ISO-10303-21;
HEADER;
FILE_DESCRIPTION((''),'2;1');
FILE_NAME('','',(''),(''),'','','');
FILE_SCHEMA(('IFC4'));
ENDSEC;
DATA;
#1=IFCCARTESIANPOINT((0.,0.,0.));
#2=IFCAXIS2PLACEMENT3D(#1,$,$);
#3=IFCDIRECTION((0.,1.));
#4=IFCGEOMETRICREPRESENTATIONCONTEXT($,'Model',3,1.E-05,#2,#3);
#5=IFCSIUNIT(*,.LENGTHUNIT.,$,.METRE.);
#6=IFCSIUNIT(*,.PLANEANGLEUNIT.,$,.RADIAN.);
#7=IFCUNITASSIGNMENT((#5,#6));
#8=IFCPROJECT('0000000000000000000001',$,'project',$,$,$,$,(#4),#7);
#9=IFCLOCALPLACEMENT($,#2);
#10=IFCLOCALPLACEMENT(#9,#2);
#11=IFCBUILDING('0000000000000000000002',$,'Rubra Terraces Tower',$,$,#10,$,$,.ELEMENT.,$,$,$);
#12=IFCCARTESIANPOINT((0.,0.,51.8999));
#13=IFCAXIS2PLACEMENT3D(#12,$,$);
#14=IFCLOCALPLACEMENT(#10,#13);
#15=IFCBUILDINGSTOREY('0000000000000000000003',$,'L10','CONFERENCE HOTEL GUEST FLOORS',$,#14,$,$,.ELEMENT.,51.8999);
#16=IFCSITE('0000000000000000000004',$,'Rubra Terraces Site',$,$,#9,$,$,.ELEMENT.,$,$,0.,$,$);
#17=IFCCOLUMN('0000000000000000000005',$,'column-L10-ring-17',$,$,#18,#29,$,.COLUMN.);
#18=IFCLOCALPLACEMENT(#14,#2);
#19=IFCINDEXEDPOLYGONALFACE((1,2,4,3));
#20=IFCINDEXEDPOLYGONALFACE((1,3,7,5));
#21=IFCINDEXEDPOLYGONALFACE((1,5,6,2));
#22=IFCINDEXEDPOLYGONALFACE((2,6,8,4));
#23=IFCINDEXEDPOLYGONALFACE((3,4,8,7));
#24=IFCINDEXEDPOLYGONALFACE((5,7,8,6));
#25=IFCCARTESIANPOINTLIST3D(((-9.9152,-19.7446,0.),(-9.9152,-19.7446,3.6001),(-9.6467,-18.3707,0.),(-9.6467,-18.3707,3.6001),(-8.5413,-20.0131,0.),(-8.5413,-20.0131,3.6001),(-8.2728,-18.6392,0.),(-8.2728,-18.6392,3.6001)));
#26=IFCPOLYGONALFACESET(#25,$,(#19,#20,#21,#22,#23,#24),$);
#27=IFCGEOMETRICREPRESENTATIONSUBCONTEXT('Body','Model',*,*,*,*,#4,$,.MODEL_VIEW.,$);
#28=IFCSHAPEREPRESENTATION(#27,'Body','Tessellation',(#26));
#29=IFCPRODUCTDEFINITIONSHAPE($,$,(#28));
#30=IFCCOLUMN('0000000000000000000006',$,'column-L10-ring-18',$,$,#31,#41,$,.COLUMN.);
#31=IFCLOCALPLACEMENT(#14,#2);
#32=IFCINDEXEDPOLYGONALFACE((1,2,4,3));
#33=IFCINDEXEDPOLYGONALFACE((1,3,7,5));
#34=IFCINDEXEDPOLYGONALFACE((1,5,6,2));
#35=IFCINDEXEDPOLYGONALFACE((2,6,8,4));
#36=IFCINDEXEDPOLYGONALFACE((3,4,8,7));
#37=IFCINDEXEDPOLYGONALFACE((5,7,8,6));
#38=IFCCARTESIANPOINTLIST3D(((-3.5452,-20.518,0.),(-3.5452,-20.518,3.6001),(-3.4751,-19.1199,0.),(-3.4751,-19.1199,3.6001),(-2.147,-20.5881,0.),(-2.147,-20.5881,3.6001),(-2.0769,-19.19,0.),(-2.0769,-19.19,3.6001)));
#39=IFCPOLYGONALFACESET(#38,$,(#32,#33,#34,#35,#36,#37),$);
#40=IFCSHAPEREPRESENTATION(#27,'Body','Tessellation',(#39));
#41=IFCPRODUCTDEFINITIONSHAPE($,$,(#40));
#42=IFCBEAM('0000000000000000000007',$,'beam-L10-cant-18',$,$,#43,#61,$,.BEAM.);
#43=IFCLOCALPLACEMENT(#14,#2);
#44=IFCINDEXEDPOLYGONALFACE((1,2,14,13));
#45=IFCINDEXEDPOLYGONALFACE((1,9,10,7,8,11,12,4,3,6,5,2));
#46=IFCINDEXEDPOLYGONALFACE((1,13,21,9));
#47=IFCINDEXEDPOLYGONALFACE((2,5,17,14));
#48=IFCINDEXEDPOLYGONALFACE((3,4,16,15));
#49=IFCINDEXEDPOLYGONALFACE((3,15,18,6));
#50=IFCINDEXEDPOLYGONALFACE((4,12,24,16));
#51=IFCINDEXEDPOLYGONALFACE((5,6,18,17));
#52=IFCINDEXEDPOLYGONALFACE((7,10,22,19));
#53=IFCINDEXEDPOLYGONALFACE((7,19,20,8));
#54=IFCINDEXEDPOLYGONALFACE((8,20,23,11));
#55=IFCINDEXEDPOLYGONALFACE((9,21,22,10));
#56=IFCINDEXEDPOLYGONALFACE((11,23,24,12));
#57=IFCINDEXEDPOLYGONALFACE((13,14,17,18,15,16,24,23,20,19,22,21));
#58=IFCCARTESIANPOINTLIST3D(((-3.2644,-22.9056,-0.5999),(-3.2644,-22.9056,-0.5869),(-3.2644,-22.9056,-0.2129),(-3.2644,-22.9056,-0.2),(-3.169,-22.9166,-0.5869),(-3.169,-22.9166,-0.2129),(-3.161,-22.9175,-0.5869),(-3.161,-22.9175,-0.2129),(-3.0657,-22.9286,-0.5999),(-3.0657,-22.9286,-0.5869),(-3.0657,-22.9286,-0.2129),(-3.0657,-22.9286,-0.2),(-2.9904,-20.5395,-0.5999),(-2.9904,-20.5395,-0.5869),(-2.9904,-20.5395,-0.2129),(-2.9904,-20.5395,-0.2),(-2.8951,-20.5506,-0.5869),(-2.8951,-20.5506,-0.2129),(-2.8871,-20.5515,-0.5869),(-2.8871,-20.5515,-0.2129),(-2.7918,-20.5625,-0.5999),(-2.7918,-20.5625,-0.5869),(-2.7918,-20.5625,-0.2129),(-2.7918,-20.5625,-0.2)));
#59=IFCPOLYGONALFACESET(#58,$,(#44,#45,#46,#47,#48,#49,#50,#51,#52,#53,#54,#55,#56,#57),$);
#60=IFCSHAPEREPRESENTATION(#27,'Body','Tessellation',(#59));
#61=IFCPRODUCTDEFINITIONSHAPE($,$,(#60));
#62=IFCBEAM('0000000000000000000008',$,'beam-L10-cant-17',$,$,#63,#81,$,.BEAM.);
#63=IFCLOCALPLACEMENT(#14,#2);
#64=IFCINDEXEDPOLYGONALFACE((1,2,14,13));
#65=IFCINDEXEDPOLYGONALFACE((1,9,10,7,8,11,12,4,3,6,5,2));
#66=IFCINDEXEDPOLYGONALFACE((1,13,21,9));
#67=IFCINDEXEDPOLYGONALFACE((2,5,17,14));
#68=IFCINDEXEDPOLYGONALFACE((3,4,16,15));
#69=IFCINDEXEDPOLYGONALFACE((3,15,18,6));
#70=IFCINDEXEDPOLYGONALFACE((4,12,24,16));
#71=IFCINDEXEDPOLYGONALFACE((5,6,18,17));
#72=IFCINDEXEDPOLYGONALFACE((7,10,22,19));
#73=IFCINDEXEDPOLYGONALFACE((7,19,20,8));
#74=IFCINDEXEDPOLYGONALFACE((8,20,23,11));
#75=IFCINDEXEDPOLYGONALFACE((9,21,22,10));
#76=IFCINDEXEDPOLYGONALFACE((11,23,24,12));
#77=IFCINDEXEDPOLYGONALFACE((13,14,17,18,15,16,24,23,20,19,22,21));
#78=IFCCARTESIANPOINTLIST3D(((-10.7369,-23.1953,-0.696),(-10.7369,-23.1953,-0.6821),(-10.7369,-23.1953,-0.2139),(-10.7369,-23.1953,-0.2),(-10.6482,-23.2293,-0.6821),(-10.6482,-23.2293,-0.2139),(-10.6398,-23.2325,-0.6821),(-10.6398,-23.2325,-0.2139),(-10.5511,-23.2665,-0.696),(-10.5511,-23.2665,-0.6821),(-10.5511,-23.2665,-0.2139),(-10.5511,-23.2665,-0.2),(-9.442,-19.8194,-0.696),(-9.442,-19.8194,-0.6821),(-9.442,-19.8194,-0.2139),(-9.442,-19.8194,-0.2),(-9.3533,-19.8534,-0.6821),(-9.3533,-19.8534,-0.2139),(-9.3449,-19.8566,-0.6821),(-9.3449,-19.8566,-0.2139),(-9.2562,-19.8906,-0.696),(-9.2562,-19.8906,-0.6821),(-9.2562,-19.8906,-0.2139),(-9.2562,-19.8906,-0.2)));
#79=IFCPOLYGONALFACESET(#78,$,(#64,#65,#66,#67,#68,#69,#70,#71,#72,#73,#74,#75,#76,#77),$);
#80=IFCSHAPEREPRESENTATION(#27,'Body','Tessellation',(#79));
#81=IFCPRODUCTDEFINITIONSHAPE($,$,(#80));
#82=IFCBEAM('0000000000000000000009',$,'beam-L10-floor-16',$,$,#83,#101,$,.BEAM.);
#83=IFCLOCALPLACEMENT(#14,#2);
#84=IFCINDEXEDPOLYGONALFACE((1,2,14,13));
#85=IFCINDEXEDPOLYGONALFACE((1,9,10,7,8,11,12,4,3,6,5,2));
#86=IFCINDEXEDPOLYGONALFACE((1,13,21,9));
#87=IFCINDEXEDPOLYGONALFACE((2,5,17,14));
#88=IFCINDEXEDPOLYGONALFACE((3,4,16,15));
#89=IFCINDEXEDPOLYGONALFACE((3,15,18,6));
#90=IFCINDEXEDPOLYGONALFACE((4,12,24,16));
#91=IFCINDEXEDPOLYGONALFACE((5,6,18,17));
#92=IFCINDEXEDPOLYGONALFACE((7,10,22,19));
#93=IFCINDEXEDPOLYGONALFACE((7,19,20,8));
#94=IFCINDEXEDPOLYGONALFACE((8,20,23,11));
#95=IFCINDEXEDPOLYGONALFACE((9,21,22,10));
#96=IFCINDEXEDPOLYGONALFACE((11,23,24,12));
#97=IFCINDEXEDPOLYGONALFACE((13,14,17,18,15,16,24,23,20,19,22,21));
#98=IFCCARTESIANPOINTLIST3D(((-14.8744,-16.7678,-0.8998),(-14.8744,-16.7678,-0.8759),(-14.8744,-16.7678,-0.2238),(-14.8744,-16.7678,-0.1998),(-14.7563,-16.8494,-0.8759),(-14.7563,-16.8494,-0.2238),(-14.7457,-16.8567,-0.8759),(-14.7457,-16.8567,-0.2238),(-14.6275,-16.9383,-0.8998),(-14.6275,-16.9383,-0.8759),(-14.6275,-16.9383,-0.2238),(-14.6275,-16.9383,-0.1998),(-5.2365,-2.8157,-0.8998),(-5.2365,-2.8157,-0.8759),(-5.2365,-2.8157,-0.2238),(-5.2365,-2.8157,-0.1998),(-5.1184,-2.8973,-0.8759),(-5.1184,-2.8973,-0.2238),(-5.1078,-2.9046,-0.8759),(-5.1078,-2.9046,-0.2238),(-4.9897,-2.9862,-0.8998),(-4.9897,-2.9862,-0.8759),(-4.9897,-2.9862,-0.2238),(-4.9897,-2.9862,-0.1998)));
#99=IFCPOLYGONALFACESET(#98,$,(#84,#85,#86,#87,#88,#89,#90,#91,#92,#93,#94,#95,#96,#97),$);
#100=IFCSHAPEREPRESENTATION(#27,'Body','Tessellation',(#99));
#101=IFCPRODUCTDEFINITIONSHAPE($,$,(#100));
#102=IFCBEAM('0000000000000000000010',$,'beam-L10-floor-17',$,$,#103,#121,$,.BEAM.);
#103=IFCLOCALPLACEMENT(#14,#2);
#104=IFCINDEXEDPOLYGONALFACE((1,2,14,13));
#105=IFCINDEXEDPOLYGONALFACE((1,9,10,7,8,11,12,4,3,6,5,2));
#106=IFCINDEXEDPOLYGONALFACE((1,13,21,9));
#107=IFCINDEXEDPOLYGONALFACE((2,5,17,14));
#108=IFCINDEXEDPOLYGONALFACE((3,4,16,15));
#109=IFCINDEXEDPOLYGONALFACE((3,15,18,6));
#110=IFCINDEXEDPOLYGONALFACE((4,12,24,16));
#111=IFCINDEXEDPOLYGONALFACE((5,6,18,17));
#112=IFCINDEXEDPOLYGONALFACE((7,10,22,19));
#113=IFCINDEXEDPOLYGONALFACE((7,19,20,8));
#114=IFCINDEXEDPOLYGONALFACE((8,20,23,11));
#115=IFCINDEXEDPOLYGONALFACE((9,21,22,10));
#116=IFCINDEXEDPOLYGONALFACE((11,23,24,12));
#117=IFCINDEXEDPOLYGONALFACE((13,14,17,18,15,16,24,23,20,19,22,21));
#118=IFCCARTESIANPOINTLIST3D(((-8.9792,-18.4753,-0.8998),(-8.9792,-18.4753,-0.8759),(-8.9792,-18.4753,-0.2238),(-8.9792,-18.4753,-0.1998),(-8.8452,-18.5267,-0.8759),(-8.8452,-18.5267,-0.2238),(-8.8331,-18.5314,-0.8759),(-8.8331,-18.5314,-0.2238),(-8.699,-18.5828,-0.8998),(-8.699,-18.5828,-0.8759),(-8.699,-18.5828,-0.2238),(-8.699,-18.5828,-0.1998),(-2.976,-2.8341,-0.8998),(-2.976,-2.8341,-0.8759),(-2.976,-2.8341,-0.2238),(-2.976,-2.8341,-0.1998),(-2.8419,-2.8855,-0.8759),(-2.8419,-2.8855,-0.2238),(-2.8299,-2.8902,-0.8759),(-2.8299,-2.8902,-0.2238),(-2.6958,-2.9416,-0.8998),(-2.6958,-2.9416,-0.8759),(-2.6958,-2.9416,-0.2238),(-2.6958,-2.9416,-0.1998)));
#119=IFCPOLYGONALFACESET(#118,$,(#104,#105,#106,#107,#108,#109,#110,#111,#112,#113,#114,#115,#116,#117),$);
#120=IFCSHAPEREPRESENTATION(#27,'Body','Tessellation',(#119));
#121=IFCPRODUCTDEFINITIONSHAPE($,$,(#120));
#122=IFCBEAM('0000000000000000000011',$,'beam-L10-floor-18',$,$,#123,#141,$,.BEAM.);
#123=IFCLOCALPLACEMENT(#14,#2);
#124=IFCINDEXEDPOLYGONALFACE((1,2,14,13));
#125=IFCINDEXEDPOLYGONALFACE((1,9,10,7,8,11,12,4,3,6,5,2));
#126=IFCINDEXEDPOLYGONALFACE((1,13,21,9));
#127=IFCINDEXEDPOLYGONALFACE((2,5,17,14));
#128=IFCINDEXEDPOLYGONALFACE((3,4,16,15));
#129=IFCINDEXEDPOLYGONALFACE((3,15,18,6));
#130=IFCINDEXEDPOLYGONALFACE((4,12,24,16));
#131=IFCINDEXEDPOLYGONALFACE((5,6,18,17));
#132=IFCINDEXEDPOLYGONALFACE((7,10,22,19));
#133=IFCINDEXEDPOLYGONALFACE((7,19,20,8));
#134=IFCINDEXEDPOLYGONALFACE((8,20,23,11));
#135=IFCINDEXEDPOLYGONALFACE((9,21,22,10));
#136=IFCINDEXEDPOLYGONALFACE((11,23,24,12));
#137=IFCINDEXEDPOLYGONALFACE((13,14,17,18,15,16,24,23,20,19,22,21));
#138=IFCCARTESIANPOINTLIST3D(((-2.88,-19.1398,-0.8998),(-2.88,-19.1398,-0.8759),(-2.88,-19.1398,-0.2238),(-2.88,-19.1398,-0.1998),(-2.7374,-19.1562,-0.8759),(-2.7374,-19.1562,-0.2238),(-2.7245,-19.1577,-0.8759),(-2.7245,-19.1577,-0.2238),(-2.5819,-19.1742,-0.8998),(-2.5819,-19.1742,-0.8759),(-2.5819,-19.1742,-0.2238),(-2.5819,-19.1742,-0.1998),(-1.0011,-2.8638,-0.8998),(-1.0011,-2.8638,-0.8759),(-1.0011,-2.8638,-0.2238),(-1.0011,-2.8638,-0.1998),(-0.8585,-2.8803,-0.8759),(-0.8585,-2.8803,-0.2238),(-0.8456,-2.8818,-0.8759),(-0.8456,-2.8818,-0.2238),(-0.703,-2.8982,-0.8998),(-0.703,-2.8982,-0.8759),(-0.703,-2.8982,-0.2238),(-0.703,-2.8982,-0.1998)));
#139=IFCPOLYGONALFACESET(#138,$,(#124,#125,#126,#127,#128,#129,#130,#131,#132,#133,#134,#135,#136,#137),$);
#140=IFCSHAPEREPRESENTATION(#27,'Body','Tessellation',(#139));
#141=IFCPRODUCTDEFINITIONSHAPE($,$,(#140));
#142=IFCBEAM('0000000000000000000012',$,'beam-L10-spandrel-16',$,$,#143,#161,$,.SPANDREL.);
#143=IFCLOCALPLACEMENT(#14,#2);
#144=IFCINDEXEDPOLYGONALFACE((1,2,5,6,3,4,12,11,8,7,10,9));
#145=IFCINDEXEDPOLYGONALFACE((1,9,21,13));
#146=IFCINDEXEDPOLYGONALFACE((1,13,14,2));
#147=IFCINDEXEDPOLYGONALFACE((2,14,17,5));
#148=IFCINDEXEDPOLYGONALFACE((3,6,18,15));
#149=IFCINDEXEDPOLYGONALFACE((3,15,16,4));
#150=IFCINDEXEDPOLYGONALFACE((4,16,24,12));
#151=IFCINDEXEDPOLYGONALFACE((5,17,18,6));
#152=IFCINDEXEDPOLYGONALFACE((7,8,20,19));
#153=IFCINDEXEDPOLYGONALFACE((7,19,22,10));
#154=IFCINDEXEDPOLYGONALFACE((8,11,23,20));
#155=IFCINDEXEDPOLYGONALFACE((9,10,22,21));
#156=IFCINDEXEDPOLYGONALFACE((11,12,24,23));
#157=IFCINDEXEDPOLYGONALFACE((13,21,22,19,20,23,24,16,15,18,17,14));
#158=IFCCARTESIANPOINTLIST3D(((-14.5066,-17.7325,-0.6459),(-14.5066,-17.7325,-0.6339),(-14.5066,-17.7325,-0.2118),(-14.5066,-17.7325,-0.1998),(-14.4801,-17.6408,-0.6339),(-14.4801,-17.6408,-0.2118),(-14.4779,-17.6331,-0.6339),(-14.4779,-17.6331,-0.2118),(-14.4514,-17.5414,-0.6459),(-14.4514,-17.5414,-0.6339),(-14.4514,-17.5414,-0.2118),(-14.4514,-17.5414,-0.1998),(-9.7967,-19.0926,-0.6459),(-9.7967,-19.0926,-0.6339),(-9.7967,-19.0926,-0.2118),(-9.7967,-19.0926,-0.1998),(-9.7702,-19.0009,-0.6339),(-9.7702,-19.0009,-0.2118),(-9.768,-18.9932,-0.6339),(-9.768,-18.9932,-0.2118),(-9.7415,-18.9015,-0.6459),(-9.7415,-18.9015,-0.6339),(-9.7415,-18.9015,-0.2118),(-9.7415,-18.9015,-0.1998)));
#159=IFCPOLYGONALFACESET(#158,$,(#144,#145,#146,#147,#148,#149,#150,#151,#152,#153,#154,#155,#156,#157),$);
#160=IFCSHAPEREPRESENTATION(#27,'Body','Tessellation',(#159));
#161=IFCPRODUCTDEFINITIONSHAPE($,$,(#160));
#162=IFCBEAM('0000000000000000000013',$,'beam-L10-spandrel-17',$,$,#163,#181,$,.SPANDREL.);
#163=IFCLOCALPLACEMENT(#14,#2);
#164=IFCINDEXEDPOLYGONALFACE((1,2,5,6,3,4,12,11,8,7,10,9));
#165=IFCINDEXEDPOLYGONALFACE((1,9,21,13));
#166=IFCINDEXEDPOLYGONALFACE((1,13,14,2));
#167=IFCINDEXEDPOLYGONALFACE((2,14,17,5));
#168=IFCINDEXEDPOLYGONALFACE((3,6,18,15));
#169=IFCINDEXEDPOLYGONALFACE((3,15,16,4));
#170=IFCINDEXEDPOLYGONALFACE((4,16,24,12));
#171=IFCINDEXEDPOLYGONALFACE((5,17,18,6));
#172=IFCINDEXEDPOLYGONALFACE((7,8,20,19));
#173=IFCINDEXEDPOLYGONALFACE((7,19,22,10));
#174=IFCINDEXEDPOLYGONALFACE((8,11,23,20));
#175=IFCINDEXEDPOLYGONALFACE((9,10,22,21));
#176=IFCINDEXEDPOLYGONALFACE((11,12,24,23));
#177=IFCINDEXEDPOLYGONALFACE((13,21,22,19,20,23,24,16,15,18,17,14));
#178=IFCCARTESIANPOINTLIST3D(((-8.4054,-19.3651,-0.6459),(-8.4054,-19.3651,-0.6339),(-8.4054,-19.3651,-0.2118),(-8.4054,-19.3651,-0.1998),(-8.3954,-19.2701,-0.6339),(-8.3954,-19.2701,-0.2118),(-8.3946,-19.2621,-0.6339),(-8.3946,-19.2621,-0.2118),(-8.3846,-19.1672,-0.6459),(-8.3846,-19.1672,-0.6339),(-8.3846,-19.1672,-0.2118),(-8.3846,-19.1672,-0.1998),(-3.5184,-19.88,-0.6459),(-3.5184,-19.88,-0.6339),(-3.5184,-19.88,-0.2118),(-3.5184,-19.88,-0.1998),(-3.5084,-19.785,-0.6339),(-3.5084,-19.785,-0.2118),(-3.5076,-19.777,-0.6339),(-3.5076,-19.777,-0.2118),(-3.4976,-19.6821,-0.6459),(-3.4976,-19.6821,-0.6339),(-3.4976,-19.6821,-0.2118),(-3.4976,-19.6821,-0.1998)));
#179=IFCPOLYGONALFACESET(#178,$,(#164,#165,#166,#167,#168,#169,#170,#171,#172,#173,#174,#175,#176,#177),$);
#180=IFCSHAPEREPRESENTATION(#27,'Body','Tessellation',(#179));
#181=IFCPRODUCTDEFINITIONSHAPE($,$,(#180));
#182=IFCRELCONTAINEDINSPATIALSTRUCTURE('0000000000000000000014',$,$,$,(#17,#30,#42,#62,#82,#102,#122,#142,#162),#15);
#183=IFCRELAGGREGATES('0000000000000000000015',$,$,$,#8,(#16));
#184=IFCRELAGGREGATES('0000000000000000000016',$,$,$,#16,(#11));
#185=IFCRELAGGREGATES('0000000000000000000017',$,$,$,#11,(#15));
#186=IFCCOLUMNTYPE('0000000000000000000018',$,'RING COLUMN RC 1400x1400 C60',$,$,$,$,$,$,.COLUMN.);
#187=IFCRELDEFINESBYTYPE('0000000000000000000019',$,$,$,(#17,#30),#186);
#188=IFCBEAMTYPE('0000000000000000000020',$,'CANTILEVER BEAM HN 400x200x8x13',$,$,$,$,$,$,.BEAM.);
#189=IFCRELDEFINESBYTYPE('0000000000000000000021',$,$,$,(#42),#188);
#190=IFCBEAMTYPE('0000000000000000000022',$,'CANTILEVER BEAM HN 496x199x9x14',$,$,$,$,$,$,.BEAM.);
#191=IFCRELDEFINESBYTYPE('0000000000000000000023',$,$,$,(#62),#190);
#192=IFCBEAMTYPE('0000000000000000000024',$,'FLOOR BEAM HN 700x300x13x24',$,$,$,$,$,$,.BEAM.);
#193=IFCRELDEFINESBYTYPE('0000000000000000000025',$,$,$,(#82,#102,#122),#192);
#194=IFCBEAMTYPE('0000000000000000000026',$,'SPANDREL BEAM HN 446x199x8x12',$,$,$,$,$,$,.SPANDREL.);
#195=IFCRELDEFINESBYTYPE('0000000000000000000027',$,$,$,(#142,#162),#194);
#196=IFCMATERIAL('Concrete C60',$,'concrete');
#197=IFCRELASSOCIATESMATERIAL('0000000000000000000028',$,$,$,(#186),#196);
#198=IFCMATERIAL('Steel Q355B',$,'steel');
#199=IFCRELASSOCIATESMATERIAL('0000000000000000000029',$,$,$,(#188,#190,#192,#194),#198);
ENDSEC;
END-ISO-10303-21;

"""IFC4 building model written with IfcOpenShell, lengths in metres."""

from ifc_helpers import new_model, si_unit, direction, frame, origin, origin_2d, place, context, subcontext, project, spatial, rectangle, i_section, extrude, material, material_profile, profile_set, type_object, element, save


model = new_model("IFC4")

# Units and contexts
model_context = context("Model", 3, precision=1e-05, world=origin(), true_north=direction((0.0, 1.0)))
body_context = subcontext(model_context, "Body", "Model", "MODEL_VIEW")
ifc_project = project(units=[si_unit("LENGTHUNIT", "METRE"), si_unit("PLANEANGLEUNIT", "RADIAN")], contexts=[model_context])

# Site, building, storey
site_placement = place(None, origin())
site = spatial("IfcSite", under=ifc_project, at=site_placement, Name="Rubra Terraces Site", CompositionType="ELEMENT", RefElevation=0.0)
building_placement = place(site_placement, origin())
building = spatial("IfcBuilding", under=site, at=building_placement, Name="Rubra Terraces Tower", CompositionType="ELEMENT")
storey_placement = place(building_placement, frame((0.0, 0.0, 51.8999)))
storey = spatial("IfcBuildingStorey", under=building, at=storey_placement, Name="L10", Description="CONFERENCE HOTEL GUEST FLOORS", CompositionType="ELEMENT", Elevation=51.8999)

# Columns
ifc_material_1 = material(Name="Concrete C60", Category="concrete")
ifc_material_profile_1 = material_profile(ifc_material_1, rectangle(XDim=1.3999, YDim=1.3999, at=origin_2d()), Name="RC 1400x1400")
ifc_profile_set_1 = profile_set([ifc_material_profile_1], Name="Concrete C60")
column_type = type_object("IfcColumnType", Name="RING COLUMN RC 1400x1400 C60", PredefinedType="COLUMN", material=ifc_profile_set_1)
for number, where, z_axis, x_axis, name in (
    (1, (-9.094, -19.1919, 0.0), (0.0, 0.0, 1.0), (0.98143, -0.191819, 0.0), "column-L10-ring-17"),
    (2, (-2.811, -19.854, 0.0), (0.0, 0.0, 1.0), (0.998745, -0.050084, 0.0), "column-L10-ring-18"),
):
    element("IfcColumn", number, at=place(storey_placement, frame(where, z_axis=z_axis, x_axis=x_axis)), inside=storey, type_object=column_type, Name=name, PredefinedType="COLUMN", context=body_context, shape_type="SweptSolid", body=[
        extrude(rectangle(XDim=1.3999, YDim=1.3999, at=origin_2d()), origin(), (0.0, 0.0, 1.0), 3.6001),
    ])

# Beams
ifc_material_2 = material(Name="Steel Q355B", Category="steel")
ifc_material_profile_2 = material_profile(ifc_material_2, i_section(OverallWidth=0.2, OverallDepth=0.3999, WebThickness=0.0081, FlangeThickness=0.0129, at=origin_2d()), Name="HN 400x200x8x13")
ifc_profile_set_2 = profile_set([ifc_material_profile_2], Name="Steel Q355B")
beam_type_1 = type_object("IfcBeamType", Name="CANTILEVER BEAM HN 400x200x8x13", PredefinedType="BEAM", material=ifc_profile_set_2)
beam_1_placement = place(storey_placement, frame((-2.8911, -20.551, -0.3999), z_axis=(-0.115009, -0.993364, 0.0), x_axis=(0.993364, -0.115009, 0.0)))
element("IfcBeam", 3, at=beam_1_placement, inside=storey, type_object=beam_type_1, Name="beam-L10-cant-18", PredefinedType="BEAM", context=body_context, shape_type="SweptSolid", body=[
    extrude(i_section(OverallWidth=0.2, OverallDepth=0.3999, WebThickness=0.0081, FlangeThickness=0.0129, at=origin_2d()), origin(), (0.0, 0.0, 1.0), 2.3818),
])
ifc_material_profile_3 = material_profile(ifc_material_2, i_section(OverallWidth=0.199, OverallDepth=0.4961, WebThickness=0.009, FlangeThickness=0.0139, at=origin_2d()), Name="HN 496x199x9x14")
ifc_profile_set_3 = profile_set([ifc_material_profile_3], Name="Steel Q355B")
beam_type_2 = type_object("IfcBeamType", Name="CANTILEVER BEAM HN 496x199x9x14", PredefinedType="BEAM", material=ifc_profile_set_3)
beam_2_placement = place(storey_placement, frame((-9.3491, -19.855, -0.448), z_axis=(-0.358128, -0.933672, 0.0), x_axis=(0.933672, -0.358128, 0.0)))
element("IfcBeam", 4, at=beam_2_placement, inside=storey, type_object=beam_type_2, Name="beam-L10-cant-17", PredefinedType="BEAM", context=body_context, shape_type="SweptSolid", body=[
    extrude(i_section(OverallWidth=0.199, OverallDepth=0.4961, WebThickness=0.009, FlangeThickness=0.0139, at=origin_2d()), origin(), (0.0, 0.0, 1.0), 3.6157),
])
ifc_material_profile_4 = material_profile(ifc_material_2, i_section(OverallWidth=0.3, OverallDepth=0.7, WebThickness=0.0129, FlangeThickness=0.0239, at=origin_2d()), Name="HN 700x300x13x24")
ifc_profile_set_4 = profile_set([ifc_material_profile_4], Name="Steel Q355B")
beam_type_3 = type_object("IfcBeamType", Name="FLOOR BEAM HN 700x300x13x24", PredefinedType="BEAM", material=ifc_profile_set_4)
beam_3_placement = place(storey_placement, frame((-14.751, -16.853, -0.5498), z_axis=(0.568363, 0.822778, 0.0), x_axis=(-0.822778, 0.568363, 0.0)))
element("IfcBeam", 5, at=beam_3_placement, inside=storey, type_object=beam_type_3, Name="beam-L10-floor-16", PredefinedType="BEAM", context=body_context, shape_type="SweptSolid", body=[
    extrude(i_section(OverallWidth=0.3, OverallDepth=0.7, WebThickness=0.0129, FlangeThickness=0.0239, at=origin_2d()), origin(), (0.0, 0.0, 1.0), 16.9573),
])
beam_4_placement = place(storey_placement, frame((-8.8391, -18.5291, -0.5498), z_axis=(0.358322, 0.933598, 0.0), x_axis=(-0.933598, 0.358322, 0.0)))
element("IfcBeam", 6, at=beam_4_placement, inside=storey, type_object=beam_type_3, Name="beam-L10-floor-17", PredefinedType="BEAM", context=body_context, shape_type="SweptSolid", body=[
    extrude(i_section(OverallWidth=0.3, OverallDepth=0.7, WebThickness=0.0129, FlangeThickness=0.0239, at=origin_2d()), origin(), (0.0, 0.0, 1.0), 16.7537),
])
beam_5_placement = place(storey_placement, frame((-2.731, -19.157, -0.5498), z_axis=(0.11468, 0.993403, 0.0), x_axis=(-0.993403, 0.11468, 0.0)))
element("IfcBeam", 7, at=beam_5_placement, inside=storey, type_object=beam_type_3, Name="beam-L10-floor-18", PredefinedType="BEAM", context=body_context, shape_type="SweptSolid", body=[
    extrude(i_section(OverallWidth=0.3, OverallDepth=0.7, WebThickness=0.0129, FlangeThickness=0.0239, at=origin_2d()), origin(), (0.0, 0.0, 1.0), 16.384),
])
ifc_material_profile_5 = material_profile(ifc_material_2, i_section(OverallWidth=0.199, OverallDepth=0.446, WebThickness=0.0081, FlangeThickness=0.012, at=origin_2d()), Name="HN 446x199x8x12")
ifc_profile_set_5 = profile_set([ifc_material_profile_5], Name="Steel Q355B")
beam_type_4 = type_object("IfcBeamType", Name="SPANDREL BEAM HN 446x199x8x12", PredefinedType="SPANDREL", material=ifc_profile_set_5)
beam_6_placement = place(storey_placement, frame((-14.479, -17.637, -0.4229), z_axis=(0.960744, -0.277436, 0.0), x_axis=(0.277436, 0.960744, 0.0)))
element("IfcBeam", 8, at=beam_6_placement, inside=storey, type_object=beam_type_4, Name="beam-L10-spandrel-16", PredefinedType="SPANDREL", context=body_context, shape_type="SweptSolid", body=[
    extrude(i_section(OverallWidth=0.199, OverallDepth=0.446, WebThickness=0.0081, FlangeThickness=0.012, at=origin_2d()), origin(), (0.0, 0.0, 1.0), 4.9023),
])
beam_7_placement = place(storey_placement, frame((-8.395, -19.2661, -0.4229), z_axis=(0.994495, -0.10478, 0.0), x_axis=(0.10478, 0.994495, 0.0)))
element("IfcBeam", 9, at=beam_7_placement, inside=storey, type_object=beam_type_4, Name="beam-L10-spandrel-17", PredefinedType="SPANDREL", context=body_context, shape_type="SweptSolid", body=[
    extrude(i_section(OverallWidth=0.199, OverallDepth=0.446, WebThickness=0.0081, FlangeThickness=0.012, at=origin_2d()), origin(), (0.0, 0.0, 1.0), 4.9141),
])

save(model, "model.ifc")
